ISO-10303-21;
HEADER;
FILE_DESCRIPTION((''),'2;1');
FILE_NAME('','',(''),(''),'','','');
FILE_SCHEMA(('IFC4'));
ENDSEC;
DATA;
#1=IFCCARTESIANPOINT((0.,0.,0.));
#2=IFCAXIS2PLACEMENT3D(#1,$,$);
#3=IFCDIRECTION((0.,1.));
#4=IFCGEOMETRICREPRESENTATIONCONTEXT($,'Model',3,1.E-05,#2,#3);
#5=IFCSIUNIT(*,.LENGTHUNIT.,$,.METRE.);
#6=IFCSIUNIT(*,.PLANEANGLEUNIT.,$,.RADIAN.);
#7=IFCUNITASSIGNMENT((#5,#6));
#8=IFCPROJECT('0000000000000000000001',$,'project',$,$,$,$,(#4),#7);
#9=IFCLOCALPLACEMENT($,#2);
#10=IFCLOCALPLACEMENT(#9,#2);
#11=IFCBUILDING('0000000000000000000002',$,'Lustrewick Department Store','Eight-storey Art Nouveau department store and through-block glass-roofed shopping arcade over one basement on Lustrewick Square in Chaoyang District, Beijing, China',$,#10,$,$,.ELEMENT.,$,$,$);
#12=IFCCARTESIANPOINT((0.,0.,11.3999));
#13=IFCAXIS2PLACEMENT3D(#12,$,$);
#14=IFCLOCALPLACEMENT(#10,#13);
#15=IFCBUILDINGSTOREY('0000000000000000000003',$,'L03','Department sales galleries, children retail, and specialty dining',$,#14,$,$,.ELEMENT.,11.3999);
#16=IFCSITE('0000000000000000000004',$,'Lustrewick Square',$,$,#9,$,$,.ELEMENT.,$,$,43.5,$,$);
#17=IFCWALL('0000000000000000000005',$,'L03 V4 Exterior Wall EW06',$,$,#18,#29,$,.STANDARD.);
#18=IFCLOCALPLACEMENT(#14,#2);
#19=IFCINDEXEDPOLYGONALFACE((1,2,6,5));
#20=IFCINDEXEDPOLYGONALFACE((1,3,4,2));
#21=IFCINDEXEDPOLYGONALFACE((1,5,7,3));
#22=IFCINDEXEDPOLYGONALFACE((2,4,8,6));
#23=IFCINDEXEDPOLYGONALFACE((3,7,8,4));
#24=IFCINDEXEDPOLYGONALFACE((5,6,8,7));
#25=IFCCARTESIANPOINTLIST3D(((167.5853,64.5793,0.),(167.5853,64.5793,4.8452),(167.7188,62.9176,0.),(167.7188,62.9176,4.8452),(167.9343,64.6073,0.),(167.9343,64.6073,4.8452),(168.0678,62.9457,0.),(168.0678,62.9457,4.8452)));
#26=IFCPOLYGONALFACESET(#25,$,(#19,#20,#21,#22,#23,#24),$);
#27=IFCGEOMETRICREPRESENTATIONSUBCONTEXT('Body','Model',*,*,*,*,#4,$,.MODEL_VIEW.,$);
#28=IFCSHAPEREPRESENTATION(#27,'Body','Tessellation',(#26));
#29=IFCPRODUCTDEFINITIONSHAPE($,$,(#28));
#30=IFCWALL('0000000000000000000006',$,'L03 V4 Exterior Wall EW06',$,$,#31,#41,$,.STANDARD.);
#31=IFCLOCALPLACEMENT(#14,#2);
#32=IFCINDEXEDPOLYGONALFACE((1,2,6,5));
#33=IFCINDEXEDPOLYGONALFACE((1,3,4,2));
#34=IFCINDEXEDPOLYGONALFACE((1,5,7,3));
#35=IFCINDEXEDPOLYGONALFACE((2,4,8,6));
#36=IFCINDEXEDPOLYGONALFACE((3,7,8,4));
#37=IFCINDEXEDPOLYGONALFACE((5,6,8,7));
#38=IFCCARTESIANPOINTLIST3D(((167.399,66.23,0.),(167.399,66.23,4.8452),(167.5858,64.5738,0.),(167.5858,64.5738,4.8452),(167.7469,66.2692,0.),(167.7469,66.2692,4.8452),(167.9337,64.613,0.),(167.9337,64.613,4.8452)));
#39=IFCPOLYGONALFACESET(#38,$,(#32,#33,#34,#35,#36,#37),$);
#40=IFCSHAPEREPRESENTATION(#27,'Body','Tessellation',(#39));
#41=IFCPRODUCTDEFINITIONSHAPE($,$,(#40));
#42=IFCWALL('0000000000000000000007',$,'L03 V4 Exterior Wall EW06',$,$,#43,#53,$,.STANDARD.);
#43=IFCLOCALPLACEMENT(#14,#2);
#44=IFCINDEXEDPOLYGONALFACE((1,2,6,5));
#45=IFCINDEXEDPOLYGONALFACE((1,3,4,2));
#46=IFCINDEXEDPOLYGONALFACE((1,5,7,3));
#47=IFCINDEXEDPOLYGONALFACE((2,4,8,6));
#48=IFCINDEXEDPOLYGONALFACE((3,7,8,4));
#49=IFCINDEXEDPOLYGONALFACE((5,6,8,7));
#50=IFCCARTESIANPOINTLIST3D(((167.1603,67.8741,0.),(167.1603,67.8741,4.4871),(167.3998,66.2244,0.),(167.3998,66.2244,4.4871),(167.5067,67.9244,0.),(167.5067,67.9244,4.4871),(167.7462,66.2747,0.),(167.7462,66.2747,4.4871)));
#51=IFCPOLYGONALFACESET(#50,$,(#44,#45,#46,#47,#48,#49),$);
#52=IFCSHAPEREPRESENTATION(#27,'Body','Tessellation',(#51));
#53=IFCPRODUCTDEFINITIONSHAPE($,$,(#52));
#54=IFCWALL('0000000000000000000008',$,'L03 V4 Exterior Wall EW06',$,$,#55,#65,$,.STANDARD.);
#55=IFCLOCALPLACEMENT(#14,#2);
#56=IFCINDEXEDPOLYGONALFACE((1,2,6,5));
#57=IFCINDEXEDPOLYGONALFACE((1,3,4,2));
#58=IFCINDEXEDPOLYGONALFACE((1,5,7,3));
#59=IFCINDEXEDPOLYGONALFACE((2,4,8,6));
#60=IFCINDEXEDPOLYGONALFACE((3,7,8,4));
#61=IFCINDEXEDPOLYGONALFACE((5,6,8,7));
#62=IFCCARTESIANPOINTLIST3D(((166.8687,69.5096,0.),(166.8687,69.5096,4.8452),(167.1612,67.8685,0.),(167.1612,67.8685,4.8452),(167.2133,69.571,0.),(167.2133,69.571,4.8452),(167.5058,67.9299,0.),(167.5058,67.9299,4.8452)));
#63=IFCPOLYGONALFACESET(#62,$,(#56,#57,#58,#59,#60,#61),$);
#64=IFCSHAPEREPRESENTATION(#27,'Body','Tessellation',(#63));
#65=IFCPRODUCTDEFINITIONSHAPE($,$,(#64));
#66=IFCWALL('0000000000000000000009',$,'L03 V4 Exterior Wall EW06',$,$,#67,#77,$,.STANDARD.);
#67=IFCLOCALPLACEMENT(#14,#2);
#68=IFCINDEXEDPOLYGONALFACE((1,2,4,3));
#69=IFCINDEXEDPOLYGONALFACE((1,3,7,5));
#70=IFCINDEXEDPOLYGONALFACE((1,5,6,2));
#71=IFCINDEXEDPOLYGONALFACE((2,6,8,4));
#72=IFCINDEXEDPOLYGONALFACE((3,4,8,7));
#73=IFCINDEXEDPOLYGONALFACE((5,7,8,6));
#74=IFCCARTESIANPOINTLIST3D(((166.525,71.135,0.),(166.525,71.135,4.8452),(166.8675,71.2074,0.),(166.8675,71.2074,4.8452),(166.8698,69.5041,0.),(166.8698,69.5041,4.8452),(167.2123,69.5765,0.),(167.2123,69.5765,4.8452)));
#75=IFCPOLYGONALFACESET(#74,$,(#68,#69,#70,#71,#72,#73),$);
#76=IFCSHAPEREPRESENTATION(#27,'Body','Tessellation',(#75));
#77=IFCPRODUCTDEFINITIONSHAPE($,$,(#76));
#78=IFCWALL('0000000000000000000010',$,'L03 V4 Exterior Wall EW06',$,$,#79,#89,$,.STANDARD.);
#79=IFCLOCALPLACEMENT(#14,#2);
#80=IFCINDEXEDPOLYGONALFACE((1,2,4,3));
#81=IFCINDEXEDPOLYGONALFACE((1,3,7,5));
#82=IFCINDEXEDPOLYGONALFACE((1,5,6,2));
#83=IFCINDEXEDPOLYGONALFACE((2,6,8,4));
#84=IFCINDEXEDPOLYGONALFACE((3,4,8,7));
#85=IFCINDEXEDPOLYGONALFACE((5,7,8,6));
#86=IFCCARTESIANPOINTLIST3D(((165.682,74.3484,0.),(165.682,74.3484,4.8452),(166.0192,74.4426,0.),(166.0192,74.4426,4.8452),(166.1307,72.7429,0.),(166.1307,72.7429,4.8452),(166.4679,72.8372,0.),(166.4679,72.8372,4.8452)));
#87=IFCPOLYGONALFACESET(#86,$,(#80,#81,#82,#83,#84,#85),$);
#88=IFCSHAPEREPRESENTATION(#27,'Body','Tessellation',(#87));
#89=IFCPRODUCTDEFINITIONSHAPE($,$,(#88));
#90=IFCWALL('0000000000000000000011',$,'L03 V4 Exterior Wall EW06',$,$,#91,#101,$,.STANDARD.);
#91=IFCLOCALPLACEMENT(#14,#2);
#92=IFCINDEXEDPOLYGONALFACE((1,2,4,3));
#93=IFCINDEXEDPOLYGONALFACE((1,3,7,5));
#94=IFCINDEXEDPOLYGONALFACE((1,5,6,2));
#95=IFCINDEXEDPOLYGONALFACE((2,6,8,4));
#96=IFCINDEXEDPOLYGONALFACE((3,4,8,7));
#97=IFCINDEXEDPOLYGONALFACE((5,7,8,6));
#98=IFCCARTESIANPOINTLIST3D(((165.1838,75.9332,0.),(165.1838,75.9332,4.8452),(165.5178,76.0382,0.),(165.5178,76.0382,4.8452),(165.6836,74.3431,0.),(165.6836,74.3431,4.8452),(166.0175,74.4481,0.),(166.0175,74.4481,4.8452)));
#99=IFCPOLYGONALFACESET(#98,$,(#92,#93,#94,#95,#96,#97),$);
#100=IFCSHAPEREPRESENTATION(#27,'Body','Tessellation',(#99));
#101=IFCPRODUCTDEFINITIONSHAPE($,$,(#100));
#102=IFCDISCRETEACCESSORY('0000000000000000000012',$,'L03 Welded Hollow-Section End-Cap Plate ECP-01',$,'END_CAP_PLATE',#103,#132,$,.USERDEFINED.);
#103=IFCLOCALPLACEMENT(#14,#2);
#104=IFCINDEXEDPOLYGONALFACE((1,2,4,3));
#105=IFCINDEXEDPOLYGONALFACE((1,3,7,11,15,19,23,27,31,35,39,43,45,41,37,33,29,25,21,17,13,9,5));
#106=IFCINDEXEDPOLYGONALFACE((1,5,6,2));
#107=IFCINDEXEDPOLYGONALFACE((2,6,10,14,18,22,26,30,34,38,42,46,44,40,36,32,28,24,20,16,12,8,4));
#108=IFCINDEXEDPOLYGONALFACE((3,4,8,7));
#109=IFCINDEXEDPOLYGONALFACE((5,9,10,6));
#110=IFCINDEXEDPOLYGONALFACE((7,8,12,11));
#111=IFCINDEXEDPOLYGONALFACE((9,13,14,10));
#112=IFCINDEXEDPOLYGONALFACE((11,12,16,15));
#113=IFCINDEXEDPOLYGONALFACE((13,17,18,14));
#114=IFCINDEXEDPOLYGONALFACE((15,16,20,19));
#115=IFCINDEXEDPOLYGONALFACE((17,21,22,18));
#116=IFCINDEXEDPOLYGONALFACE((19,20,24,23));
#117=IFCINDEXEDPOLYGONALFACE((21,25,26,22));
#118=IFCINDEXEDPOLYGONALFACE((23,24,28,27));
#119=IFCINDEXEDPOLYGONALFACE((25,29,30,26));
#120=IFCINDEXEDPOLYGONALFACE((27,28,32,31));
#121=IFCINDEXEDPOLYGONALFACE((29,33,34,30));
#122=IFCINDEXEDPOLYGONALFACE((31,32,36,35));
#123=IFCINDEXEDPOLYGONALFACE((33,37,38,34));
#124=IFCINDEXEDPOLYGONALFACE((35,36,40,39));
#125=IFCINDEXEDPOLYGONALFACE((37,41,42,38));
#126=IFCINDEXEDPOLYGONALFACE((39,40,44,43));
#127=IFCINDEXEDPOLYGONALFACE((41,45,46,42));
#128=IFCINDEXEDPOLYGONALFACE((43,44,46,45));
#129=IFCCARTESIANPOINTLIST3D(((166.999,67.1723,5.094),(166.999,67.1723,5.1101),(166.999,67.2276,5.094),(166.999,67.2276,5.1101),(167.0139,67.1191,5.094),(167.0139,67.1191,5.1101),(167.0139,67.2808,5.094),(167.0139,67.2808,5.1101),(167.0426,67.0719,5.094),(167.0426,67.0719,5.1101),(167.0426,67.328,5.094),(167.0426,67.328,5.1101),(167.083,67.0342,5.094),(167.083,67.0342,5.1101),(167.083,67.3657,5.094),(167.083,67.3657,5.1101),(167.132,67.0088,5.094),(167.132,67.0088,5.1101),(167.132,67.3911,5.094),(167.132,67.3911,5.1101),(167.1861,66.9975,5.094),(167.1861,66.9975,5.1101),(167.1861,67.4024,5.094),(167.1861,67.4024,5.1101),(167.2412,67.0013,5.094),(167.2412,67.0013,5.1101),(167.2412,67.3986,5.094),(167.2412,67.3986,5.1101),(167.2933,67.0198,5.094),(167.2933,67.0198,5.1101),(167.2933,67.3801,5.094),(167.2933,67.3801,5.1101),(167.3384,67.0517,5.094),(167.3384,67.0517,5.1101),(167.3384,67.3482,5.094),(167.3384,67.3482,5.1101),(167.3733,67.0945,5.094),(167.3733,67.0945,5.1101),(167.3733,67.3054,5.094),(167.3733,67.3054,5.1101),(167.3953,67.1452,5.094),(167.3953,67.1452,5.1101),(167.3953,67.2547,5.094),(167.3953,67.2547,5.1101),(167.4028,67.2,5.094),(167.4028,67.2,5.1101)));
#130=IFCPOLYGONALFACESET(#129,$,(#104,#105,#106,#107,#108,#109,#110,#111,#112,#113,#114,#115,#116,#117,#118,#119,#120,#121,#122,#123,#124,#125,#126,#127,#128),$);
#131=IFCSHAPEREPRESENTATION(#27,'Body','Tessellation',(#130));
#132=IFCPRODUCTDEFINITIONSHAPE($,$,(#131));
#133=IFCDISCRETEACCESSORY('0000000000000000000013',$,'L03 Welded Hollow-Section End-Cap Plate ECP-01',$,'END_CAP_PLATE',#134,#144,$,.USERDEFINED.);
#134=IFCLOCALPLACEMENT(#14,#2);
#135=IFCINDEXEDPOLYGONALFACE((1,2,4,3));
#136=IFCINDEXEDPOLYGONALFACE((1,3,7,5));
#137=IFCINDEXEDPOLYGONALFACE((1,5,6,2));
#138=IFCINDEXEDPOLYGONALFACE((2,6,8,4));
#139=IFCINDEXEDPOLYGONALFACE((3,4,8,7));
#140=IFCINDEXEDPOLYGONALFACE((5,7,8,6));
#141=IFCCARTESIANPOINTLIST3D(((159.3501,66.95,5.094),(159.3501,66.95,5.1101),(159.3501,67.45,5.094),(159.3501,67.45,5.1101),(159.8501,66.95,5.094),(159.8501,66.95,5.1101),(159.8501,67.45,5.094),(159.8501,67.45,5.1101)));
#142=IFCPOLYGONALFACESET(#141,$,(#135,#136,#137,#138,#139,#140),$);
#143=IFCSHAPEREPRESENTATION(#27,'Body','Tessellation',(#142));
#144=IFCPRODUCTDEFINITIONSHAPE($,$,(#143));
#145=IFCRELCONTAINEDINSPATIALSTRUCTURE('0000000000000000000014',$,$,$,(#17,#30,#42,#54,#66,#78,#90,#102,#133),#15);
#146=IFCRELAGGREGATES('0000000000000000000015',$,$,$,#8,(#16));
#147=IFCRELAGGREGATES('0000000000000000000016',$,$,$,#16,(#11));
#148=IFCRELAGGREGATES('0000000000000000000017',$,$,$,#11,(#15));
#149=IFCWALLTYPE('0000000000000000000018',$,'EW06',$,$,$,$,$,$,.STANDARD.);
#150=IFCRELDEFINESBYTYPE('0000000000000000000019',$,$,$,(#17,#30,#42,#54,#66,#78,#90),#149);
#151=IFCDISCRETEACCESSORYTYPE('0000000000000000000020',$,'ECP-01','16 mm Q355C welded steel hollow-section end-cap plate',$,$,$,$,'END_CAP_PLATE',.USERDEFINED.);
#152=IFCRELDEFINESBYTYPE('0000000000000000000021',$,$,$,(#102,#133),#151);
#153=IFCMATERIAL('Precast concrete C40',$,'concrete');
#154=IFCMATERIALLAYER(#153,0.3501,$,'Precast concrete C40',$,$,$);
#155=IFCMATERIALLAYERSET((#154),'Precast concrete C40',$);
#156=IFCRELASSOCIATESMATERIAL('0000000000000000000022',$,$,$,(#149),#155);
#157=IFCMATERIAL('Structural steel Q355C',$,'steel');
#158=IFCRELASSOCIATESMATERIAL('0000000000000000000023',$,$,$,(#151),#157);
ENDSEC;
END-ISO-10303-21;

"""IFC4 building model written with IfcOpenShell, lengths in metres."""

from ifc_helpers import new_model, si_unit, direction, frame, frame_2d, origin, origin_2d, place, context, subcontext, project, spatial, rectangle, circle, extrude, material, layer, layer_set, type_object, element, save


model = new_model("IFC4")

# Units and contexts
model_context = context("Model", 3, precision=1e-05, world=origin(), true_north=direction((0.0, 1.0)))
body_context = subcontext(model_context, "Body", "Model", "MODEL_VIEW")
ifc_project = project(units=[si_unit("LENGTHUNIT", "METRE"), si_unit("PLANEANGLEUNIT", "RADIAN")], contexts=[model_context])

# Site, building, storey
site_placement = place(None, origin())
site = spatial("IfcSite", under=ifc_project, at=site_placement, Name="Lustrewick Square", CompositionType="ELEMENT", RefElevation=43.5)
building_placement = place(site_placement, origin())
building = spatial("IfcBuilding", under=site, at=building_placement, Name="Lustrewick Department Store", Description="Eight-storey Art Nouveau department store and through-block glass-roofed shopping arcade over one basement on Lustrewick Square in Chaoyang District, Beijing, China", CompositionType="ELEMENT")
storey_placement = place(building_placement, frame((0.0, 0.0, 11.3999)))
storey = spatial("IfcBuildingStorey", under=building, at=storey_placement, Name="L03", Description="Department sales galleries, children retail, and specialty dining", CompositionType="ELEMENT", Elevation=11.3999)

# Shared definitions
ifc_material_1 = material(Name="Structural steel Q355C", Category="steel")

# Walls
ifc_material_2 = material(Name="Precast concrete C40", Category="concrete")
ifc_layer_1 = layer(ifc_material_2, 0.3501, Name="Precast concrete C40")
ifc_layer_set_1 = layer_set([ifc_layer_1], Name="Precast concrete C40")
wall_type = type_object("IfcWallType", Name="EW06", PredefinedType="STANDARD", material=ifc_layer_set_1)
wall_1_placement = place(storey_placement, frame((167.8933, 62.9316, 0.0), z_axis=(0.0, 0.0, 1.0), x_axis=(-0.080112, 0.996786, 0.0)))
element("IfcWall", 1, at=wall_1_placement, inside=storey, type_object=wall_type, Name="L03 V4 Exterior Wall EW06", PredefinedType="STANDARD", context=body_context, shape_type="SweptSolid", body=[
    extrude(rectangle(XDim=1.667, YDim=0.3501, at=frame_2d((0.8335, 0.0))), origin(), (0.0, 0.0, 1.0), 4.8452),
])
wall_2_placement = place(storey_placement, frame((167.7598, 64.5933, 0.0), z_axis=(0.0, 0.0, 1.0), x_axis=(-0.112055, 0.993702, 0.0)))
element("IfcWall", 2, at=wall_2_placement, inside=storey, type_object=wall_type, Name="L03 V4 Exterior Wall EW06", PredefinedType="STANDARD", context=body_context, shape_type="SweptSolid", body=[
    extrude(rectangle(XDim=1.6667, YDim=0.3501, at=frame_2d((0.8335, 0.0))), origin(), (0.0, 0.0, 1.0), 4.8452),
])
wall_3_placement = place(storey_placement, frame((167.573, 66.2495, 0.0), z_axis=(0.0, 0.0, 1.0), x_axis=(-0.143676, 0.989625, 0.0)))
element("IfcWall", 3, at=wall_3_placement, inside=storey, type_object=wall_type, Name="L03 V4 Exterior Wall EW06", PredefinedType="STANDARD", context=body_context, shape_type="SweptSolid", body=[
    extrude(rectangle(XDim=1.667, YDim=0.3501, at=frame_2d((0.8335, 0.0))), origin(), (0.0, 0.0, 1.0), 4.4871),
])
for number, where, z_axis, x_axis, name in (
    (4, (167.3335, 67.8992, 0.0), (0.0, 0.0, 1.0), (-0.175456, 0.984487, 0.0), "L03 V4 Exterior Wall EW06"),
    (5, (167.041, 69.5403, 0.0), (0.0, 0.0, 1.0), (-0.206808, 0.978382, 0.0), "L03 V4 Exterior Wall EW06"),
    (6, (166.2993, 72.79, 0.0), (0.0, 0.0, 1.0), (-0.269184, 0.963089, 0.0), "L03 V4 Exterior Wall EW06"),
):
    element("IfcWall", number, at=place(storey_placement, frame(where, z_axis=z_axis, x_axis=x_axis)), inside=storey, type_object=wall_type, Name=name, PredefinedType="STANDARD", context=body_context, shape_type="SweptSolid", body=[
        extrude(rectangle(XDim=1.667, YDim=0.3501, at=frame_2d((0.8335, 0.0))), origin(), (0.0, 0.0, 1.0), 4.8452),
    ])
wall_4_placement = place(storey_placement, frame((165.8506, 74.3955, 0.0), z_axis=(0.0, 0.0, 1.0), x_axis=(-0.299834, 0.953991, 0.0)))
element("IfcWall", 7, at=wall_4_placement, inside=storey, type_object=wall_type, Name="L03 V4 Exterior Wall EW06", PredefinedType="STANDARD", context=body_context, shape_type="SweptSolid", body=[
    extrude(rectangle(XDim=1.6667, YDim=0.3501, at=frame_2d((0.8335, 0.0))), origin(), (0.0, 0.0, 1.0), 4.8452),
])

# Discrete accessories
discrete_accessory_type = type_object("IfcDiscreteAccessoryType", Name="ECP-01", Description="16 mm Q355C welded steel hollow-section end-cap plate", ElementType="END_CAP_PLATE", PredefinedType="USERDEFINED", material=ifc_material_1)
discrete_accessory_1_placement = place(storey_placement, frame((167.2, 67.2, 5.094), z_axis=(0.0, 0.0, 1.0), x_axis=(1.0, 0.0, 0.0)))
element("IfcDiscreteAccessory", 8, at=discrete_accessory_1_placement, inside=storey, type_object=discrete_accessory_type, Name="L03 Welded Hollow-Section End-Cap Plate ECP-01", ObjectType="END_CAP_PLATE", PredefinedType="USERDEFINED", context=body_context, shape_type="SweptSolid", body=[
    extrude(circle(Radius=0.2029, at=origin_2d()), origin(), (0.0, 0.0, 1.0), 0.0161),
])
discrete_accessory_2_placement = place(storey_placement, frame((159.6001, 67.2, 5.094), z_axis=(0.0, 0.0, 1.0), x_axis=(1.0, 0.0, 0.0)))
element("IfcDiscreteAccessory", 9, at=discrete_accessory_2_placement, inside=storey, type_object=discrete_accessory_type, Name="L03 Welded Hollow-Section End-Cap Plate ECP-01", ObjectType="END_CAP_PLATE", PredefinedType="USERDEFINED", context=body_context, shape_type="SweptSolid", body=[
    extrude(rectangle(XDim=0.5, YDim=0.5, at=origin_2d()), origin(), (0.0, 0.0, 1.0), 0.0161),
])

save(model, "model.ifc")
